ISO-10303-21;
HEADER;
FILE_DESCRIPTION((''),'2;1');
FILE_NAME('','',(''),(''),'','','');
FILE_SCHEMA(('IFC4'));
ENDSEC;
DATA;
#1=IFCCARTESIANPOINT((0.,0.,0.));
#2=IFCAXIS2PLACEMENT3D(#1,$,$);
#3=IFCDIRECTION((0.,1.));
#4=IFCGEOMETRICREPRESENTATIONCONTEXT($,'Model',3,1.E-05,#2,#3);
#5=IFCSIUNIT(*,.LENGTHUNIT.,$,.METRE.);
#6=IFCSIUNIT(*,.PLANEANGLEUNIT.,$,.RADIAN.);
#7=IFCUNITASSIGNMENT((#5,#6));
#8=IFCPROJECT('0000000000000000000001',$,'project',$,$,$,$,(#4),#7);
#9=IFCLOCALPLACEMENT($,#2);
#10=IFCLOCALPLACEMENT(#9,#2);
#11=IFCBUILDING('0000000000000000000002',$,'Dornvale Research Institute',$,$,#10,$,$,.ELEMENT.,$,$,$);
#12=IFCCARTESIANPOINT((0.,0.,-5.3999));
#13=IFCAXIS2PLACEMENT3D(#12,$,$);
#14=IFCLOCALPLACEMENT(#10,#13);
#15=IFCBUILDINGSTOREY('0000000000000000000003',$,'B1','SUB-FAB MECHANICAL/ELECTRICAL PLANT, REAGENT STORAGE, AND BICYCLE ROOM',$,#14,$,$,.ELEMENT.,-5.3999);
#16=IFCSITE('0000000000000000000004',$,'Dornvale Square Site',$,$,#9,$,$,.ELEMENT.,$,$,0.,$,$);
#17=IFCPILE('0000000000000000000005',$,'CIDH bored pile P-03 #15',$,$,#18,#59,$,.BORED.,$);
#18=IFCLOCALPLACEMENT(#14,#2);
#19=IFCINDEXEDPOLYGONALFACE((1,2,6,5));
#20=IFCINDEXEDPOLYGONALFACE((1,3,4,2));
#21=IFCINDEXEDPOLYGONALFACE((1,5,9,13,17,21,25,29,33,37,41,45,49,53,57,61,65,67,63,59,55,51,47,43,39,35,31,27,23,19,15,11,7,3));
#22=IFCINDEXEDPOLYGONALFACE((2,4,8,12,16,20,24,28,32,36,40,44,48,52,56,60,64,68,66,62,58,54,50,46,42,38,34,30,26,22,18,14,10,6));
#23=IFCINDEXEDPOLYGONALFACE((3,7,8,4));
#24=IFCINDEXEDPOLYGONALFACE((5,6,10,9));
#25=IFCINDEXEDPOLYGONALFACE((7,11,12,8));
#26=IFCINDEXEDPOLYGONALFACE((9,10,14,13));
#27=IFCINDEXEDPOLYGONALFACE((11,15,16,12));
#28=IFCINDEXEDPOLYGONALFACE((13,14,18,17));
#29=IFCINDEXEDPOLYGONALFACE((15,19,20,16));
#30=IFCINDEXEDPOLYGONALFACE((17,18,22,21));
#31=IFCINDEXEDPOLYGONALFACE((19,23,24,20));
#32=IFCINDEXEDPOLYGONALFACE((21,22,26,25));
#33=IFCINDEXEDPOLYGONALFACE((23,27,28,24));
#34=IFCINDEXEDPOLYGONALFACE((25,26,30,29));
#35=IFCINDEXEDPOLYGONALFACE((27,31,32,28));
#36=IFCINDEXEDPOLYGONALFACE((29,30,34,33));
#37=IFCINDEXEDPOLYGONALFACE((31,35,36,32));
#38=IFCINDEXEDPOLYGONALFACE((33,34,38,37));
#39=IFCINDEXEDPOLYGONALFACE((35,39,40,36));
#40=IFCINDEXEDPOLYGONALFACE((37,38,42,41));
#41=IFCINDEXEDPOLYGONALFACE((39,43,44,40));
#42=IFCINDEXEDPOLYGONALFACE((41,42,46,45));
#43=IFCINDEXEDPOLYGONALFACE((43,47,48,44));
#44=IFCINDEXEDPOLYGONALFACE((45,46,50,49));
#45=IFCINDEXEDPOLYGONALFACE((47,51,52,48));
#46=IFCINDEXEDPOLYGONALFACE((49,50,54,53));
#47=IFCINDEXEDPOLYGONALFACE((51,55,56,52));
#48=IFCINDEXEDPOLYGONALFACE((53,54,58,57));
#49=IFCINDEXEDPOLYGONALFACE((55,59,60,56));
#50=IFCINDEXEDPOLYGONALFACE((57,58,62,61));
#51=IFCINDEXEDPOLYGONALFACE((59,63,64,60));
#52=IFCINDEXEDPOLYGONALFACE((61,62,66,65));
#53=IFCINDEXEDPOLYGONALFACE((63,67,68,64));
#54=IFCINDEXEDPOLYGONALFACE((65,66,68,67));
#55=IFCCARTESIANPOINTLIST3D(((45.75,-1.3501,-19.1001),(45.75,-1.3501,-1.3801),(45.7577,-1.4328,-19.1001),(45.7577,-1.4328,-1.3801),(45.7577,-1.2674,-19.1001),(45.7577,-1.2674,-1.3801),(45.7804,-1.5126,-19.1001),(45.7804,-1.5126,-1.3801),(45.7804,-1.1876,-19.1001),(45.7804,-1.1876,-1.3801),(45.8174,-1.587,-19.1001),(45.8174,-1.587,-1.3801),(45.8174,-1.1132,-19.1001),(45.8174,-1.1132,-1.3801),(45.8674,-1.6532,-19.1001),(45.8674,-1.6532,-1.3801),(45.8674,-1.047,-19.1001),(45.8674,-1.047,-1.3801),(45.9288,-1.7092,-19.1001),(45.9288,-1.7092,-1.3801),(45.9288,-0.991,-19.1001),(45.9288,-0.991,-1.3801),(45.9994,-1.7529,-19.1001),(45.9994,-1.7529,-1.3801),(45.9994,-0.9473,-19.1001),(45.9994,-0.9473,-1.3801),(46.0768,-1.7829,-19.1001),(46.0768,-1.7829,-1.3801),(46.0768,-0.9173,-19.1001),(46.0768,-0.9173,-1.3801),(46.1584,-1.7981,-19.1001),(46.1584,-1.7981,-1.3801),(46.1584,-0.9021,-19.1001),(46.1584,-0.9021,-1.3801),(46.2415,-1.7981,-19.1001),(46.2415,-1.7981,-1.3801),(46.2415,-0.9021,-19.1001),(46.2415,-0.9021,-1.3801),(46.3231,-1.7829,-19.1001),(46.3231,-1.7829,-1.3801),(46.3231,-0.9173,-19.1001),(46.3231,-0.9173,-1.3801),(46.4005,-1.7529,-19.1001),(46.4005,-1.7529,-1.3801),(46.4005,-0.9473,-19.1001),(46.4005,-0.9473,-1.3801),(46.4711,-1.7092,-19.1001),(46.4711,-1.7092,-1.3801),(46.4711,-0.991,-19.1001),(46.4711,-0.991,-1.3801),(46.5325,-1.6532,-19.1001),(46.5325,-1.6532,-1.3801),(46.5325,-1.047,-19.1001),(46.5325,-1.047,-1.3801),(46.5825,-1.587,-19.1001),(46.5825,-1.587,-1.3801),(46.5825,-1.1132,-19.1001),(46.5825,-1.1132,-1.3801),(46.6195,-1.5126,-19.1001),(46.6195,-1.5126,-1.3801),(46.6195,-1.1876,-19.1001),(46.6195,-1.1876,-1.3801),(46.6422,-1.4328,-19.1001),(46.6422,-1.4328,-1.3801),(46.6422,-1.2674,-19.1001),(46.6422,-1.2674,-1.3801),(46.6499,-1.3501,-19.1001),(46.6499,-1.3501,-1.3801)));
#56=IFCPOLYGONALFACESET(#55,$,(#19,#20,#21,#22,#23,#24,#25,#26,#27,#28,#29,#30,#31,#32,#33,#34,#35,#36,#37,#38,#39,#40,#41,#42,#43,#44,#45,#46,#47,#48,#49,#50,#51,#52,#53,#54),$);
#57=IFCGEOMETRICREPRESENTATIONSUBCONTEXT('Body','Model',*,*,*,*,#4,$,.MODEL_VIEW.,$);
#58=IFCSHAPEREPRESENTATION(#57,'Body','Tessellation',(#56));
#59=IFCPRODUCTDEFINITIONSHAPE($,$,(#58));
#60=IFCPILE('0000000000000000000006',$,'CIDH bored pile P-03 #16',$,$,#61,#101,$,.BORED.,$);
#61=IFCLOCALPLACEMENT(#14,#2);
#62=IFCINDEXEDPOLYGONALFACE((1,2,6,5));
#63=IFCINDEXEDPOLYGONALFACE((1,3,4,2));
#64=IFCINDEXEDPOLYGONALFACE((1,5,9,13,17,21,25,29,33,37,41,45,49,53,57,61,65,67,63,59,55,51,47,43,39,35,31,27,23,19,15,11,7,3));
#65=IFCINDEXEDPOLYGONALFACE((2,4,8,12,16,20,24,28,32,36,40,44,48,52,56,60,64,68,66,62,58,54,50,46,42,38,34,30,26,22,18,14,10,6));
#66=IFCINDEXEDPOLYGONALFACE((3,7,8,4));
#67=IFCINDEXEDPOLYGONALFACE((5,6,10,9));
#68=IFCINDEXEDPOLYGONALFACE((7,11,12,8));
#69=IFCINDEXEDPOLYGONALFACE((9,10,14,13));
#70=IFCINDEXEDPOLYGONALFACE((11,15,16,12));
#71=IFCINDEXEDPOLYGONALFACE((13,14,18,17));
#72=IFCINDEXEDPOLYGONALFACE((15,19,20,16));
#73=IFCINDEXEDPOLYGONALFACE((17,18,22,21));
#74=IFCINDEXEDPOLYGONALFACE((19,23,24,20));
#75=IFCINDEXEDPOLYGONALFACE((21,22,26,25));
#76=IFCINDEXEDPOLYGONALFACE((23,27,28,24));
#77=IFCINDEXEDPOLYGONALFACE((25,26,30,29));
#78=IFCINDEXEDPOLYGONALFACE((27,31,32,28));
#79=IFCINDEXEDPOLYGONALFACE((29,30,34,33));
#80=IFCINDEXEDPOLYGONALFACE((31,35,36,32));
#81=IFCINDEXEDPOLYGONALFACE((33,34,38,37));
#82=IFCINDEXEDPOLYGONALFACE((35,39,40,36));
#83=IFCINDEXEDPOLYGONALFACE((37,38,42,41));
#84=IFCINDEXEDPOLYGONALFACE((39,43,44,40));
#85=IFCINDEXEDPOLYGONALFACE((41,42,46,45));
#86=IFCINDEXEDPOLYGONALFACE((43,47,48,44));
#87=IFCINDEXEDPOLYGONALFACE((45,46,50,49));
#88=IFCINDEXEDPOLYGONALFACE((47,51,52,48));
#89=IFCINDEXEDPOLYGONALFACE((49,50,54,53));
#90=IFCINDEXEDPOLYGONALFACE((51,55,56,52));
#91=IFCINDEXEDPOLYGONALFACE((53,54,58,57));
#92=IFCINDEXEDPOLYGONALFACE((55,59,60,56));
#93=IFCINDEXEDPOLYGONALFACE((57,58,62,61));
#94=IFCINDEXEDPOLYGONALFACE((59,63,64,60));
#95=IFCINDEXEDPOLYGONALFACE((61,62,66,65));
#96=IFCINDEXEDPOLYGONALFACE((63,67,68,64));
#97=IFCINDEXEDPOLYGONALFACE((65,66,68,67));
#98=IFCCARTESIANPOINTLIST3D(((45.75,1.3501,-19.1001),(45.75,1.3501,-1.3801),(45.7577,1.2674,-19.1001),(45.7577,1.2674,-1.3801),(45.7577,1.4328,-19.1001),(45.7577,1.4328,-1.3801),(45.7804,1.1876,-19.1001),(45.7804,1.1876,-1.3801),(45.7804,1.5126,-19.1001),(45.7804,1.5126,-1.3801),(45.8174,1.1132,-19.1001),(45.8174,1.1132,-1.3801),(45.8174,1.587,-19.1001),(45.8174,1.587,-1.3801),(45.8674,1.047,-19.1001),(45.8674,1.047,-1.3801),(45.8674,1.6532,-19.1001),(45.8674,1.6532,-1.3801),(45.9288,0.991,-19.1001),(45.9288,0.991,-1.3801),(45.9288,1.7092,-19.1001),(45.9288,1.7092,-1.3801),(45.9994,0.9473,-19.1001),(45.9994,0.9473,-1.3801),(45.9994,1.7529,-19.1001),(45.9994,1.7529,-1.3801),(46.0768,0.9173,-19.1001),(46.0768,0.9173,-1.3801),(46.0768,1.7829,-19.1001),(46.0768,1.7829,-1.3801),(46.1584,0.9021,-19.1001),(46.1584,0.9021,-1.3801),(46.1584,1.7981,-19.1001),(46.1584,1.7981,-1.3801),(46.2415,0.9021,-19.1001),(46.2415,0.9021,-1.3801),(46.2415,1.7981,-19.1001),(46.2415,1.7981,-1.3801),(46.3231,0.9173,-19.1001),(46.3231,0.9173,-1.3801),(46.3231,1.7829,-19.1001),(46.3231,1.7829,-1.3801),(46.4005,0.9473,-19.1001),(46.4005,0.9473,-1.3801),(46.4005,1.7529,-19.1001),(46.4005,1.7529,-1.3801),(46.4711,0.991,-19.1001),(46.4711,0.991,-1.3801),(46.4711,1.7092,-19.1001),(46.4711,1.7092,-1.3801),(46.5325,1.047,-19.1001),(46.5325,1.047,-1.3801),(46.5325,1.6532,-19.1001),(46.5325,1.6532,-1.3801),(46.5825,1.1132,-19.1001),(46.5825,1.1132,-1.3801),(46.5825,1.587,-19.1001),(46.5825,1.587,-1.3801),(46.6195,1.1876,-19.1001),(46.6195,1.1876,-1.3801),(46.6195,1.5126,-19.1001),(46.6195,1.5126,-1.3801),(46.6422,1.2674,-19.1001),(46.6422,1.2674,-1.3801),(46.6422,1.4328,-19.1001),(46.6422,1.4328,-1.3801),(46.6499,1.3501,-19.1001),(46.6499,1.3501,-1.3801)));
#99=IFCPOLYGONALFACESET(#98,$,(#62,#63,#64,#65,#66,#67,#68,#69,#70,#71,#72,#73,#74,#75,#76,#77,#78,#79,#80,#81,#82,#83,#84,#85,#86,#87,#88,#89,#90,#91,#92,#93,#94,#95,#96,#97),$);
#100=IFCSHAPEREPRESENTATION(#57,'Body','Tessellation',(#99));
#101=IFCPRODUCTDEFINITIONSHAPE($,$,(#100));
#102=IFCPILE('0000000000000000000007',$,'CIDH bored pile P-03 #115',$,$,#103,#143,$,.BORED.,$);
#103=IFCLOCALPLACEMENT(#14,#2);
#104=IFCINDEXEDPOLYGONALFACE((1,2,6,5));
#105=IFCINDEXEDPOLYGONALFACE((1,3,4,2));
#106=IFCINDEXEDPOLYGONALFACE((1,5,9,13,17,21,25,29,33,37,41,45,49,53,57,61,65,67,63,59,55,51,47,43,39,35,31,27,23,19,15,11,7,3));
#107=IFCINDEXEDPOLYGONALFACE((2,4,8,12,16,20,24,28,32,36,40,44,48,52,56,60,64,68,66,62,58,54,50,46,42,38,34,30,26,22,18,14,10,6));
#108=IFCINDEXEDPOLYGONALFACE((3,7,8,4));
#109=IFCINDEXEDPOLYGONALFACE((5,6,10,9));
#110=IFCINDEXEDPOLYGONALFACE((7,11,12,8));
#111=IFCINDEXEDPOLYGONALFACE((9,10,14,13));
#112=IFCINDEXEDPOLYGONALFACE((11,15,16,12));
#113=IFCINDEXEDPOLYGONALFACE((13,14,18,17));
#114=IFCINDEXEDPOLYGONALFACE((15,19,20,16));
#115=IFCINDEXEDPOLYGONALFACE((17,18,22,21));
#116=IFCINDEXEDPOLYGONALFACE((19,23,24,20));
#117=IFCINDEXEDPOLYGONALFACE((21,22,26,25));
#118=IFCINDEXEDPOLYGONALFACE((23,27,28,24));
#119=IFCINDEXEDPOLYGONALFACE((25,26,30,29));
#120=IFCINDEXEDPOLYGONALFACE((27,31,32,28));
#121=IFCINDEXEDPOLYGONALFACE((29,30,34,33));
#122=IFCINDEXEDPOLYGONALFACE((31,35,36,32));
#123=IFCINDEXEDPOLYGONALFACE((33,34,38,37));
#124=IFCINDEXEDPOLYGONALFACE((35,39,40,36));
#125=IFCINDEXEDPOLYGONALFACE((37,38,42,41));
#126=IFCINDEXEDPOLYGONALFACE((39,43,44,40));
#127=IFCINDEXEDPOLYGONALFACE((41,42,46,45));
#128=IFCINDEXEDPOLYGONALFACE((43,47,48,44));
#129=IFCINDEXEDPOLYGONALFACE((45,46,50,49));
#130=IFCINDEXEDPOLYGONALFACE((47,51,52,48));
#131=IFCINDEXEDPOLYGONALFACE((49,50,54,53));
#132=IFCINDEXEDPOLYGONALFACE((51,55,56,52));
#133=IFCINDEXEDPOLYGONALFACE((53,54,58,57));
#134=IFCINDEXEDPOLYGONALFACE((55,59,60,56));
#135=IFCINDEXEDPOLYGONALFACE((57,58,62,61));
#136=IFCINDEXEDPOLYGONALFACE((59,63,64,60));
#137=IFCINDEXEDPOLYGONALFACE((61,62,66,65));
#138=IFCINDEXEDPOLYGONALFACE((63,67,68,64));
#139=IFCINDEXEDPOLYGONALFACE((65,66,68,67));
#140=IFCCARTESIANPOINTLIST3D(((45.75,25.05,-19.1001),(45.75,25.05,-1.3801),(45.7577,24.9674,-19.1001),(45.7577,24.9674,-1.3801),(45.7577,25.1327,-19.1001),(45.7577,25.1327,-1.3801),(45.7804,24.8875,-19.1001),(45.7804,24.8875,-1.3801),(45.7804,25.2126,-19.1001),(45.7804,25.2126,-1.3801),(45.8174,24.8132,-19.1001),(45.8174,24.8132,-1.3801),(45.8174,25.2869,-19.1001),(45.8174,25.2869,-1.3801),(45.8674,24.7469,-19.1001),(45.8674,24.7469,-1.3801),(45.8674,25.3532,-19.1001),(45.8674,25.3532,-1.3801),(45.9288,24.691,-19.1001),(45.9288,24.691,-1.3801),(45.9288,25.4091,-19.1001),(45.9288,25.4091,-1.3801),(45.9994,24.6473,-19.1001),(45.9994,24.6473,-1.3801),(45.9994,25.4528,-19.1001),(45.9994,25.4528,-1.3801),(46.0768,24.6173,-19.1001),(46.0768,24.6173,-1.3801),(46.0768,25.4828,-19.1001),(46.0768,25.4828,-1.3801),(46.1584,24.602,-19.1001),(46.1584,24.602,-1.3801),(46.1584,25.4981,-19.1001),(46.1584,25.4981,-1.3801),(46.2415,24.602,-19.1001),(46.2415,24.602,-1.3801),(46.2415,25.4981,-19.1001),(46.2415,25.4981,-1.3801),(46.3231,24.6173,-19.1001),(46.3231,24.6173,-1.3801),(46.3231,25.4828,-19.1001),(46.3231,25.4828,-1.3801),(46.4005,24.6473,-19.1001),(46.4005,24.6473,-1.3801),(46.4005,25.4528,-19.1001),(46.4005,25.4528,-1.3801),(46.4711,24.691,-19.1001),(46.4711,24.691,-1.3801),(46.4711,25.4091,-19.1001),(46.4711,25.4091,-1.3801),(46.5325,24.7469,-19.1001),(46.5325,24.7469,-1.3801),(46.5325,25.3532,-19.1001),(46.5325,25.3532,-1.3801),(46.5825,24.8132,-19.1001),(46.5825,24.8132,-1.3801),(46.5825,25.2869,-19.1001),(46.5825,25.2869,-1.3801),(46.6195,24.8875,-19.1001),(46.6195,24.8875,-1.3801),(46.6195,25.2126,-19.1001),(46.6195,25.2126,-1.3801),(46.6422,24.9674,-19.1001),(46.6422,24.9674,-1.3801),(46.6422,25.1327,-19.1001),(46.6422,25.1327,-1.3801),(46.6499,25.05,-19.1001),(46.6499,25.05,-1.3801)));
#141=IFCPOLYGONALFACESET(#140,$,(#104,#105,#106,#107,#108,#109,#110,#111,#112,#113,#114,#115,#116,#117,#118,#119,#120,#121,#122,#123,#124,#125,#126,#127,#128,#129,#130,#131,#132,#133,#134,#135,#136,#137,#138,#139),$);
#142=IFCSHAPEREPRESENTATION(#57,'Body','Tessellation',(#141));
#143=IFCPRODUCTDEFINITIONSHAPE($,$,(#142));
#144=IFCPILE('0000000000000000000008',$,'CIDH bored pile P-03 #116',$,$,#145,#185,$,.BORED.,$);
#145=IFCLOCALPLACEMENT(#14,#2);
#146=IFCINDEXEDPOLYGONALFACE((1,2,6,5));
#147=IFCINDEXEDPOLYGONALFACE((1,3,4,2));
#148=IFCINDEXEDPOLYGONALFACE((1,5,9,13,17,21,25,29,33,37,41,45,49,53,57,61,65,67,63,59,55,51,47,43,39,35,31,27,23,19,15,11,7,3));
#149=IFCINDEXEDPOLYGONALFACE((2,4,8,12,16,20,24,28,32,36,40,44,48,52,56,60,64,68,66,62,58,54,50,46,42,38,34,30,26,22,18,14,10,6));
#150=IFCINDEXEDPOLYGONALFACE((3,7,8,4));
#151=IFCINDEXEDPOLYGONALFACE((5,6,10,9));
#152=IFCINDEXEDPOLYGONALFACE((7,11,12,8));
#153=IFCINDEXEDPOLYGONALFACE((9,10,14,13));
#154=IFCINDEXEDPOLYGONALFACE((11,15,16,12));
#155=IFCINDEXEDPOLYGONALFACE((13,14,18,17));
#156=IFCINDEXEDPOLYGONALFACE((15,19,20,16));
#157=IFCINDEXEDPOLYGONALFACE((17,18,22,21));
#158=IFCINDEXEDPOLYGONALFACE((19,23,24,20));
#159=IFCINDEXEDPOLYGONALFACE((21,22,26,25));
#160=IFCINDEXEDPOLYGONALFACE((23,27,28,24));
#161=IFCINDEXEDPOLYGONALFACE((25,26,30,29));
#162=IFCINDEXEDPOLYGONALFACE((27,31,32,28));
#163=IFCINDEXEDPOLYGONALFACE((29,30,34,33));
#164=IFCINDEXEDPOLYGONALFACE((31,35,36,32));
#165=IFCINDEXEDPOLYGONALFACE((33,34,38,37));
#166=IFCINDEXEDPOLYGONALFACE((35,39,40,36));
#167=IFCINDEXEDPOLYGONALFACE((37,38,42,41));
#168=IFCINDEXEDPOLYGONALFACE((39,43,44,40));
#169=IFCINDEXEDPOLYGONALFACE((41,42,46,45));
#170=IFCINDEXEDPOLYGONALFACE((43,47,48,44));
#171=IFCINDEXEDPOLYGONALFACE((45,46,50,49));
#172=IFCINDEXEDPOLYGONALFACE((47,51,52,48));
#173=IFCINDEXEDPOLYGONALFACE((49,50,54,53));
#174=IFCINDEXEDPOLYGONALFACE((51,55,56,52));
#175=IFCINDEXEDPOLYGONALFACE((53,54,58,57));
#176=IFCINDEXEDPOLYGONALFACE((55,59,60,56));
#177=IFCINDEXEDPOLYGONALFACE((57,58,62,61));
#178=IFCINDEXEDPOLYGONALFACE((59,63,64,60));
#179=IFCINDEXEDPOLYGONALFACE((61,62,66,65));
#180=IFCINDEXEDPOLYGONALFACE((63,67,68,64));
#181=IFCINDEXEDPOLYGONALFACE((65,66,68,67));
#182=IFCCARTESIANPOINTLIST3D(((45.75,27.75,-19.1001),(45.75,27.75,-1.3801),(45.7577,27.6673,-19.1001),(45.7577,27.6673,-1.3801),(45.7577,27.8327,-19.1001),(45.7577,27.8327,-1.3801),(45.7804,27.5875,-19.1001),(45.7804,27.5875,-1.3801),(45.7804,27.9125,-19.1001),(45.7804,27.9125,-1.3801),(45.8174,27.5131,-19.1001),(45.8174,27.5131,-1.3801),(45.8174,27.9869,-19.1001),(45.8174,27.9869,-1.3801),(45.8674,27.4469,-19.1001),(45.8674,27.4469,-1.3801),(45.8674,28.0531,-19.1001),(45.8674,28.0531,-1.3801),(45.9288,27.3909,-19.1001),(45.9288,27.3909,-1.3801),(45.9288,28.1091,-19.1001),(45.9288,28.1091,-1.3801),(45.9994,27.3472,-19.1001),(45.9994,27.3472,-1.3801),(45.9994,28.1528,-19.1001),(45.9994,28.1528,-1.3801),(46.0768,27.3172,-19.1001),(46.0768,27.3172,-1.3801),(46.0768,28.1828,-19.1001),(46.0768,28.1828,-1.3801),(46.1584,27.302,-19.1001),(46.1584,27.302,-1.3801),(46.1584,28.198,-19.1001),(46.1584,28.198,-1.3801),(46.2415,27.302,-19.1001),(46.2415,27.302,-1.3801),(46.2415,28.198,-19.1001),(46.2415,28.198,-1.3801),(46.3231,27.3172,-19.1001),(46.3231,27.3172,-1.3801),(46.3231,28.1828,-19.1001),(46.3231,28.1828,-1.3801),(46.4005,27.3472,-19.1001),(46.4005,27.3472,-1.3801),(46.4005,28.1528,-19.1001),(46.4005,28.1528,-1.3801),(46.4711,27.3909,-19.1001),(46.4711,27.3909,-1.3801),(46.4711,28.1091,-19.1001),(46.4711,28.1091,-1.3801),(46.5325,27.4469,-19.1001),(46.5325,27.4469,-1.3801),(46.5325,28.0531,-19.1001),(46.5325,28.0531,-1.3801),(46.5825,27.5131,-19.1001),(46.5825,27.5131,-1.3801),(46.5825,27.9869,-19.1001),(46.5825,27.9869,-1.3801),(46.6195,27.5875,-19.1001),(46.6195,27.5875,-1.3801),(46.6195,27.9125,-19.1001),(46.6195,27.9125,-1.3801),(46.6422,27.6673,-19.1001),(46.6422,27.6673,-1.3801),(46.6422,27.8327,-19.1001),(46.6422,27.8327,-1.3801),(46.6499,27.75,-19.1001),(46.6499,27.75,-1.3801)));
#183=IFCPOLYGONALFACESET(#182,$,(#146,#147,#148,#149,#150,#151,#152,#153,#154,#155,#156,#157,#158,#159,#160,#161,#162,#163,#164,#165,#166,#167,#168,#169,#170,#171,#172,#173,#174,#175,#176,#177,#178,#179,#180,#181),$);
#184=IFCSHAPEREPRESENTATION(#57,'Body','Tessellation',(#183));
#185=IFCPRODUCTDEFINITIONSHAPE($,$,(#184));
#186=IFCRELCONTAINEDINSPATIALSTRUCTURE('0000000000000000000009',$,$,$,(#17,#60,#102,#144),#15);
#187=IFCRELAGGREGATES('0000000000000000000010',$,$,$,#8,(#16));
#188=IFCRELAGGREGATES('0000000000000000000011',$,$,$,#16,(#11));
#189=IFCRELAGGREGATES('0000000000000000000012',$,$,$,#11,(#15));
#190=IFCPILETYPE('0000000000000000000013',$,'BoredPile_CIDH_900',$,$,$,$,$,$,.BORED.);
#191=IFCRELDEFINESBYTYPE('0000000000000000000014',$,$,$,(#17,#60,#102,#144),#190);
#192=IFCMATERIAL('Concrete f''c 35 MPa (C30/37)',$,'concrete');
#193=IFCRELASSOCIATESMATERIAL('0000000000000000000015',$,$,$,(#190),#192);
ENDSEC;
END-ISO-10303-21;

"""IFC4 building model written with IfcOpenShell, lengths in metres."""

from ifc_helpers import new_model, si_unit, direction, frame, origin, origin_2d, place, context, subcontext, project, spatial, circle, extrude, material, material_profile, profile_set, type_object, element, save


model = new_model("IFC4")

# Units and contexts
model_context = context("Model", 3, precision=1e-05, world=origin(), true_north=direction((0.0, 1.0)))
body_context = subcontext(model_context, "Body", "Model", "MODEL_VIEW")
ifc_project = project(units=[si_unit("LENGTHUNIT", "METRE"), si_unit("PLANEANGLEUNIT", "RADIAN")], contexts=[model_context])

# Site, building, storey
site_placement = place(None, origin())
site = spatial("IfcSite", under=ifc_project, at=site_placement, Name="Dornvale Square Site", CompositionType="ELEMENT", RefElevation=0.0)
building_placement = place(site_placement, origin())
building = spatial("IfcBuilding", under=site, at=building_placement, Name="Dornvale Research Institute", CompositionType="ELEMENT")
storey_placement = place(building_placement, frame((0.0, 0.0, -5.3999)))
storey = spatial("IfcBuildingStorey", under=building, at=storey_placement, Name="B1", Description="SUB-FAB MECHANICAL/ELECTRICAL PLANT, REAGENT STORAGE, AND BICYCLE ROOM", CompositionType="ELEMENT", Elevation=-5.3999)

# Piles
ifc_material_1 = material(Name="Concrete f'c 35 MPa (C30/37)", Category="concrete")
ifc_material_profile_1 = material_profile(ifc_material_1, circle(Radius=0.45, at=origin_2d()), Name="CIDH PILE D900")
ifc_profile_set_1 = profile_set([ifc_material_profile_1], Name="Concrete f'c 35 MPa (C30/37)")
pile_type = type_object("IfcPileType", Name="BoredPile_CIDH_900", PredefinedType="BORED", material=ifc_profile_set_1)
for number, where, z_axis, x_axis, name in (
    (1, (46.2, -1.3501, -1.3801), (0.0, 0.0, -1.0), (1.0, 0.0, 0.0), "CIDH bored pile P-03 #15"),
    (2, (46.2, 1.3501, -1.3801), (0.0, 0.0, -1.0), (1.0, 0.0, 0.0), "CIDH bored pile P-03 #16"),
    (3, (46.2, 25.05, -1.3801), (0.0, 0.0, -1.0), (1.0, 0.0, 0.0), "CIDH bored pile P-03 #115"),
    (4, (46.2, 27.75, -1.3801), (0.0, 0.0, -1.0), (1.0, 0.0, 0.0), "CIDH bored pile P-03 #116"),
):
    element("IfcPile", number, at=place(storey_placement, frame(where, z_axis=z_axis, x_axis=x_axis)), inside=storey, type_object=pile_type, Name=name, PredefinedType="BORED", context=body_context, shape_type="SweptSolid", body=[
        extrude(circle(Radius=0.45, at=origin_2d()), origin(), (0.0, 0.0, 1.0), 17.72),
    ])

save(model, "model.ifc")
